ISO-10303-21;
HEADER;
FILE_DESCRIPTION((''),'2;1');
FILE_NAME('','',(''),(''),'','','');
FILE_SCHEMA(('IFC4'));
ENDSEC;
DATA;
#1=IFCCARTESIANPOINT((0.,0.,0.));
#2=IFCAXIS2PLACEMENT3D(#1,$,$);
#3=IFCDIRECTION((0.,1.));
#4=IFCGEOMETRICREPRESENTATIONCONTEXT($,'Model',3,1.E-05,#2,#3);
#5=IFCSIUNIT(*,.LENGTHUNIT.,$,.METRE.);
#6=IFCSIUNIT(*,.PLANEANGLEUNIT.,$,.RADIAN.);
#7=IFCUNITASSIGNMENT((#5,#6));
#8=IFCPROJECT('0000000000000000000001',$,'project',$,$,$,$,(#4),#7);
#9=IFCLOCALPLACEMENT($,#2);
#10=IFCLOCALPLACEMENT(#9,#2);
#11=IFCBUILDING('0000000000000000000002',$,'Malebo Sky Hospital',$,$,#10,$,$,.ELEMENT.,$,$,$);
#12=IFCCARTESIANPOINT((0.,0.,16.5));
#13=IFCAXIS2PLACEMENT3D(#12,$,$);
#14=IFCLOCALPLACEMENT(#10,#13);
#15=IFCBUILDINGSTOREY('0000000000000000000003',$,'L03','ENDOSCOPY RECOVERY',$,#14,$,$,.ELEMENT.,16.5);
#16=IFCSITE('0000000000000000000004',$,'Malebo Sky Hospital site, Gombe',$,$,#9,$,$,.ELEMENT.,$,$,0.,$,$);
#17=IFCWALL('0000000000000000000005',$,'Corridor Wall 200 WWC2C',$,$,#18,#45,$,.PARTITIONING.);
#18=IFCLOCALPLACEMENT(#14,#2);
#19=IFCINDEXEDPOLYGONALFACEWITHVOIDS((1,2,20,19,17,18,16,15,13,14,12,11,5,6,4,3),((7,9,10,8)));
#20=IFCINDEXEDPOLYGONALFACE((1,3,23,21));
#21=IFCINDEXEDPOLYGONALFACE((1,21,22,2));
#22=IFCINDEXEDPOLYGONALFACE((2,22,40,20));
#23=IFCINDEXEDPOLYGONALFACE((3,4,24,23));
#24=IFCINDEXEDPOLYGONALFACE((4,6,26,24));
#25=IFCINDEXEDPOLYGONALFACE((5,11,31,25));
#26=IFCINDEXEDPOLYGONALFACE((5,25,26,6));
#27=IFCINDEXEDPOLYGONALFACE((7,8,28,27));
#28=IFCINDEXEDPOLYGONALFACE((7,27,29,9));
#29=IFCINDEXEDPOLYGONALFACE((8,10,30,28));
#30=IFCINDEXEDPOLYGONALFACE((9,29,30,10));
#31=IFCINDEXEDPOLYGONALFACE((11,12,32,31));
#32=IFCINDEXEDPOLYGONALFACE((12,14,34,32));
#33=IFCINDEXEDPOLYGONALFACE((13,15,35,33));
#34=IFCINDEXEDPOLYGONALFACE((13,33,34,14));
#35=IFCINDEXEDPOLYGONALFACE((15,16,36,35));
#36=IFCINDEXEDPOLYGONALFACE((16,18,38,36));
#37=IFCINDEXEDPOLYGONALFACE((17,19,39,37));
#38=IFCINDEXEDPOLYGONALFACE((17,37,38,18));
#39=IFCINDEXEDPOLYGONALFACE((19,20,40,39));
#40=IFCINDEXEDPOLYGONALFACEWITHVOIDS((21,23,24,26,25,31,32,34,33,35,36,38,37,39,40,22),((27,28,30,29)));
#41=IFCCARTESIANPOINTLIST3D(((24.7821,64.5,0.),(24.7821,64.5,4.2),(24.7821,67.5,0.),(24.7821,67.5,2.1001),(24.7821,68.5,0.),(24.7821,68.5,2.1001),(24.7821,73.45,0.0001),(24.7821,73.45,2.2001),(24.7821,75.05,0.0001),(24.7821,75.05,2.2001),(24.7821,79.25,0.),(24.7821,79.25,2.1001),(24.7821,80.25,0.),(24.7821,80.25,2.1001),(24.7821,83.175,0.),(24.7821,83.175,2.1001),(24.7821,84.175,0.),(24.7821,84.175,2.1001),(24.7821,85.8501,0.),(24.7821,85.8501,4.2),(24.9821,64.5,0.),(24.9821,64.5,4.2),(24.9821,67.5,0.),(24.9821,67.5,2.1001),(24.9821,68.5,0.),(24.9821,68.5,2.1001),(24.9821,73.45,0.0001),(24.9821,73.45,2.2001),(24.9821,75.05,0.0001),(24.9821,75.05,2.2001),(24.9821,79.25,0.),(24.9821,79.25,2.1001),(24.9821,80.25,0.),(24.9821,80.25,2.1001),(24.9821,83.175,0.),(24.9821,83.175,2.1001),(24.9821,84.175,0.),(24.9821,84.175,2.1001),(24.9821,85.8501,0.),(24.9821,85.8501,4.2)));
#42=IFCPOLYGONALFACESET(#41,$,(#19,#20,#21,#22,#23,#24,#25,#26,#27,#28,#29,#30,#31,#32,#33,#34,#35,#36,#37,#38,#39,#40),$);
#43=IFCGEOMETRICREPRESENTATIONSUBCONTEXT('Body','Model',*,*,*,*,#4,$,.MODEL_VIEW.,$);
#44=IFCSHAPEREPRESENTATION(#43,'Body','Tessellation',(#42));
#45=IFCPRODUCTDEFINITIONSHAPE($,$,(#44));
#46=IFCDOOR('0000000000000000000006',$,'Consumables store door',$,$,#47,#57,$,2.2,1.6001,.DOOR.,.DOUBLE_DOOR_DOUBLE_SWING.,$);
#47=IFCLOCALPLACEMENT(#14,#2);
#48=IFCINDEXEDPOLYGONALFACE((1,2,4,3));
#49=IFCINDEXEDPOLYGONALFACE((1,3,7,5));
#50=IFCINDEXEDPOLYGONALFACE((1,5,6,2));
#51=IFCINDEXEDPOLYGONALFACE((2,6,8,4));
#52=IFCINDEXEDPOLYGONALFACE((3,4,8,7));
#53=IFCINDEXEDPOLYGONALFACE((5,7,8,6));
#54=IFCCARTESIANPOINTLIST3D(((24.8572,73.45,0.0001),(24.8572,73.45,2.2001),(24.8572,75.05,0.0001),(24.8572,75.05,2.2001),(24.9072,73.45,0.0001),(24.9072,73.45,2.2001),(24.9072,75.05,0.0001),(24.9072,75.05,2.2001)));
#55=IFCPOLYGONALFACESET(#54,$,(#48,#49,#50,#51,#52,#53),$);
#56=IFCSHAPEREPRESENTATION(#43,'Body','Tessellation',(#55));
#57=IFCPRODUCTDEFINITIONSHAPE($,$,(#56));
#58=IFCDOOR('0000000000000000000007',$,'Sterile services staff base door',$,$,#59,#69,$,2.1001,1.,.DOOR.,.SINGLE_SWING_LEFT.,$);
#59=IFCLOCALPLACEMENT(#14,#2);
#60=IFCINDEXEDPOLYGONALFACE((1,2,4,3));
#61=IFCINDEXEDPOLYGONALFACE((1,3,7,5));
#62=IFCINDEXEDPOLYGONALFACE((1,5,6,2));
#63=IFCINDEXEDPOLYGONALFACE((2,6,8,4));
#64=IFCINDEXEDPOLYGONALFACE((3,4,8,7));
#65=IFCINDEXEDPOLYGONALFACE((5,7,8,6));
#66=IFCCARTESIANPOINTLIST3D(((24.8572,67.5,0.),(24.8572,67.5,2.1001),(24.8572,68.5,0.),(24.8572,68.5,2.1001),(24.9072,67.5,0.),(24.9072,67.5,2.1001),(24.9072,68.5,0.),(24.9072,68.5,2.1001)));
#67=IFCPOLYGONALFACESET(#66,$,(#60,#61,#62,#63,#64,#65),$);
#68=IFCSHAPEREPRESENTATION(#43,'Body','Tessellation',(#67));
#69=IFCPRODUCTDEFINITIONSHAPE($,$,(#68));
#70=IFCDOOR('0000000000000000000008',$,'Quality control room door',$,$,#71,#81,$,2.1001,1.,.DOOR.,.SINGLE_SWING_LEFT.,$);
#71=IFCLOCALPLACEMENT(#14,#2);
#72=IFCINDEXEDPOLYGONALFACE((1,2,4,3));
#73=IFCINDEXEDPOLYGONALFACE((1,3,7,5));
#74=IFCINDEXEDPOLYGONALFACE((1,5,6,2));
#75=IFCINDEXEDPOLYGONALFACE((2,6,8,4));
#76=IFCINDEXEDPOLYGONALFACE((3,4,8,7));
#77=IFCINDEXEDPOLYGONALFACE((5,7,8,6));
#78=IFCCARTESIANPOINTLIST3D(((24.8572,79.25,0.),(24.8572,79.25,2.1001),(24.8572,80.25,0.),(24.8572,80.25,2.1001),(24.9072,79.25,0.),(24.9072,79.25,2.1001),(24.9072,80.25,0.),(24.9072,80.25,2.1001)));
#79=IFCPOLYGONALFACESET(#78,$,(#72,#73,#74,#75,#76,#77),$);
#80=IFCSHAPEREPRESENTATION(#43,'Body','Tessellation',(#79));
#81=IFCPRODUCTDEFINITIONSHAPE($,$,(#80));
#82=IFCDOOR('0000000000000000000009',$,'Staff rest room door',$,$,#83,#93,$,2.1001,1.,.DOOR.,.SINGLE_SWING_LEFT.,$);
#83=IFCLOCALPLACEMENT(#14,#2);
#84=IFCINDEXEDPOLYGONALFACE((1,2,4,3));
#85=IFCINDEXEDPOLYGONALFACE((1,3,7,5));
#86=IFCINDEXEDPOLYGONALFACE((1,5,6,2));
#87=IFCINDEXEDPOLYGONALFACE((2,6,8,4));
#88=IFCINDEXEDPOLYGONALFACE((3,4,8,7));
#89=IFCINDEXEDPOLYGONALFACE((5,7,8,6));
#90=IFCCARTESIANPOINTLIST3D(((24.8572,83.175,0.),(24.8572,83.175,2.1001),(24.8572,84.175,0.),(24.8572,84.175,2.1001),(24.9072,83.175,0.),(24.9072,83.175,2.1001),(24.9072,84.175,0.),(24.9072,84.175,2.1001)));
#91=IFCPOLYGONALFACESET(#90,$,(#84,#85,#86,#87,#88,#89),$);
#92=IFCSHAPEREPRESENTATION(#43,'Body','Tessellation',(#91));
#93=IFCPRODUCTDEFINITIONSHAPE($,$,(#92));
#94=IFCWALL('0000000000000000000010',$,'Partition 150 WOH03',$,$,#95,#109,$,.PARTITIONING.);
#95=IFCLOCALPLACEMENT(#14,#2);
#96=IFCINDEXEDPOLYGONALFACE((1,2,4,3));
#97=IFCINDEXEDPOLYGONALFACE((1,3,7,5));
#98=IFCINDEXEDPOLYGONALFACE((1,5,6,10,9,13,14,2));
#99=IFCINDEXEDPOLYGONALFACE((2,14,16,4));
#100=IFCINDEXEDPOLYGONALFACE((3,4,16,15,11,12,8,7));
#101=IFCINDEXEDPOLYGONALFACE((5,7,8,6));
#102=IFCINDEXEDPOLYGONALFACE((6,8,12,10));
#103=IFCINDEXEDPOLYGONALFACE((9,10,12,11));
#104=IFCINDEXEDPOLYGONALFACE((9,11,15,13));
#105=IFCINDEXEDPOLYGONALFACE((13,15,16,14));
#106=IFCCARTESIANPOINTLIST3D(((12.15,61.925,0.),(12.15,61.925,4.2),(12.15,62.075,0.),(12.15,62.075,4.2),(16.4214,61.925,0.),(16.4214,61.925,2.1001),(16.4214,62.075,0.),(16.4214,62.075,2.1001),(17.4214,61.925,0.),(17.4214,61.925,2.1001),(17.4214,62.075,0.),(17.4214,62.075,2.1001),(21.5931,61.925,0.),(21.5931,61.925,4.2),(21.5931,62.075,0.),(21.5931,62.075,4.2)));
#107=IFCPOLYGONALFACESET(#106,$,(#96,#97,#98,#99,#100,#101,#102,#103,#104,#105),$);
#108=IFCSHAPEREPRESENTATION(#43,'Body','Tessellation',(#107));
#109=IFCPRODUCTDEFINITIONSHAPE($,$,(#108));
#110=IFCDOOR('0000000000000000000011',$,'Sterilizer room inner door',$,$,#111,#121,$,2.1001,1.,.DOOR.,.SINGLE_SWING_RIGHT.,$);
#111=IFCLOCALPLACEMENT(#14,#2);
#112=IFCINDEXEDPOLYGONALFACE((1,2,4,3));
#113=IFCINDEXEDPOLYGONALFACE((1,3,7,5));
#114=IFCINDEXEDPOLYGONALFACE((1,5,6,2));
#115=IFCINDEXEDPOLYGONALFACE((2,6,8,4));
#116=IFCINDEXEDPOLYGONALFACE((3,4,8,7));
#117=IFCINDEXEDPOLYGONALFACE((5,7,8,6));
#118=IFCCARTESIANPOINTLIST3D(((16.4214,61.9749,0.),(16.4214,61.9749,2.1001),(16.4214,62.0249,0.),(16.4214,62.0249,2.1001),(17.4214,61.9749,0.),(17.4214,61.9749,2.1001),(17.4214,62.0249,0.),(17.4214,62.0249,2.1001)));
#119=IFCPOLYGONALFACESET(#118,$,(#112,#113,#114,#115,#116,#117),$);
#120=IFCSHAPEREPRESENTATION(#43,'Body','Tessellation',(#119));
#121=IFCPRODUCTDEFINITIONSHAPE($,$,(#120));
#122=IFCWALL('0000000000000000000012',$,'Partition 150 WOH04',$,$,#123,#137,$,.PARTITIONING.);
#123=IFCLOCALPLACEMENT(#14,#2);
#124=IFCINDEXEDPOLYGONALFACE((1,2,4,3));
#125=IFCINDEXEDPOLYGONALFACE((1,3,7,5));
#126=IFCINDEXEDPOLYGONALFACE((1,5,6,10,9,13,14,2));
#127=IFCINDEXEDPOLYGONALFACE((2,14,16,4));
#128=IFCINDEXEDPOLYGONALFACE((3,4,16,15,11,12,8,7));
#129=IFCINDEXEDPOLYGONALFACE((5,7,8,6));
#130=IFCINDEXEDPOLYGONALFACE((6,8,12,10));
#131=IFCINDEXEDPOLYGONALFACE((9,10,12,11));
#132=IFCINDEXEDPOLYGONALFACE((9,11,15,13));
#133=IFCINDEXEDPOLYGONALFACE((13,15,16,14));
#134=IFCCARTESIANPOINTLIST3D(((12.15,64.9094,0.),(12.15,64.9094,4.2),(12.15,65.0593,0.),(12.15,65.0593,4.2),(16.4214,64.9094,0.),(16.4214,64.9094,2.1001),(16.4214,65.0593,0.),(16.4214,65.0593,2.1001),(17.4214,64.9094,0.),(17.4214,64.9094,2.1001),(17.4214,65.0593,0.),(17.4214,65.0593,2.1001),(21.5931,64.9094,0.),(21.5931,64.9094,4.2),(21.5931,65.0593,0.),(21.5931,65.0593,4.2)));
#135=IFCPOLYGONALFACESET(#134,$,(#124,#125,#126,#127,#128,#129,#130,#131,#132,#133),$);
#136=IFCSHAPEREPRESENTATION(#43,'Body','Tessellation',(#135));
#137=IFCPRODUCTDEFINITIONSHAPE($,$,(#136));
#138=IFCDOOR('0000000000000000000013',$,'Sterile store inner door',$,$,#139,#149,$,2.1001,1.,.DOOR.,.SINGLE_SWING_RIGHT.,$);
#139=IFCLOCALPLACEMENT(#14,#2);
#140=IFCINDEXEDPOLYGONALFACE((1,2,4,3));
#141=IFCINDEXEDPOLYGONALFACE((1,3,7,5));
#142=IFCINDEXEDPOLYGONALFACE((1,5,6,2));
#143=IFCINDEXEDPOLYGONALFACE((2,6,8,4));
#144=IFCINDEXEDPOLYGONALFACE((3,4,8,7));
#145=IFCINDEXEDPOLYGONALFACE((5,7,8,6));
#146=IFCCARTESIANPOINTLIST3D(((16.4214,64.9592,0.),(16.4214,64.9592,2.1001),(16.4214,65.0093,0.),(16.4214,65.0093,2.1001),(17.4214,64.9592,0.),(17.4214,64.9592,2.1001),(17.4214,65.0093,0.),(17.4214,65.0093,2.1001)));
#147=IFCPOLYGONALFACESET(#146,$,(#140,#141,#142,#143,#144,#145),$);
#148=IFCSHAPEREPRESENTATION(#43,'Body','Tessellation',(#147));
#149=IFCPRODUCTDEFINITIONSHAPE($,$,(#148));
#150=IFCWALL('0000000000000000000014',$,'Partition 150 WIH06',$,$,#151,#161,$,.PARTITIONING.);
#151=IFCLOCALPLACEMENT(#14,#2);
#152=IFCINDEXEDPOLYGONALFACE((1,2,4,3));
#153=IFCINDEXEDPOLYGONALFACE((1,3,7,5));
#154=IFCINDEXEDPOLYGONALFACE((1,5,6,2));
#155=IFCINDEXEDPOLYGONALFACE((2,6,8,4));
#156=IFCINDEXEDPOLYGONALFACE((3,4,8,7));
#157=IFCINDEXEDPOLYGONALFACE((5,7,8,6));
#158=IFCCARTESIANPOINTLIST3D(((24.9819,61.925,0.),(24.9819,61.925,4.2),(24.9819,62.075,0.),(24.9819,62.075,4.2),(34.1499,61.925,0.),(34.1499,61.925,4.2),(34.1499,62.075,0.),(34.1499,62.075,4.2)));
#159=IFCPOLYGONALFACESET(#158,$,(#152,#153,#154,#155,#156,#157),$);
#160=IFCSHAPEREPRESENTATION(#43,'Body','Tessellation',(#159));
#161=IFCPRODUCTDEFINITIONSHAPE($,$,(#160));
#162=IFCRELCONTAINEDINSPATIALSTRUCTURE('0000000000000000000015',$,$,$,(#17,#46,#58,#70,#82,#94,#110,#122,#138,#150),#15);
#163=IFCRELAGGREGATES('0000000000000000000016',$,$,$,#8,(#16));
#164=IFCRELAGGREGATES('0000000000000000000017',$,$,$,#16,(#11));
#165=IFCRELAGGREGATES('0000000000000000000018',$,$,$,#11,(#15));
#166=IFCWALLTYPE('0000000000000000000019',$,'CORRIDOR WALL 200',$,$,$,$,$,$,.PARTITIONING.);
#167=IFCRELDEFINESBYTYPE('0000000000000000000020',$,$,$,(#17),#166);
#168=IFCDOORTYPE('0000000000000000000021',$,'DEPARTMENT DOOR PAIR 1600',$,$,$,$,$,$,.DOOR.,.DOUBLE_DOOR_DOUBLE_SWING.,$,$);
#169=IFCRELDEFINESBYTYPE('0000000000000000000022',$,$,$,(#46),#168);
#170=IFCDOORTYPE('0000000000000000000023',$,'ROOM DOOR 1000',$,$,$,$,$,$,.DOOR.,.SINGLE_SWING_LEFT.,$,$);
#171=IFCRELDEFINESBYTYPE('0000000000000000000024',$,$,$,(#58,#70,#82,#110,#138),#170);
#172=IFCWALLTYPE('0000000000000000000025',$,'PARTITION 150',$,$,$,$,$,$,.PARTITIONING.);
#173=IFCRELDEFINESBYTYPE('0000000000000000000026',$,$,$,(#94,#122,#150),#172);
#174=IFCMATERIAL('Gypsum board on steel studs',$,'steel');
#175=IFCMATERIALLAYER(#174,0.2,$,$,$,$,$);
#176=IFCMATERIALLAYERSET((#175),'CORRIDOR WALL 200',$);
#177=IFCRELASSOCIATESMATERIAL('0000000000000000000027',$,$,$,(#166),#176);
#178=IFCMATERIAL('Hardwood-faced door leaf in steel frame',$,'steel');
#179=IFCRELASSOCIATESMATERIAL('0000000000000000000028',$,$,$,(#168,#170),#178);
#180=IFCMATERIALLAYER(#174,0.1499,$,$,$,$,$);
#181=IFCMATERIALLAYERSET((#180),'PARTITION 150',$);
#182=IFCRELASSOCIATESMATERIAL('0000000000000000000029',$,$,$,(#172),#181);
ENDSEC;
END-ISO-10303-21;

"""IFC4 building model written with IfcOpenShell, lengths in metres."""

from ifc_helpers import new_model, si_unit, direction, frame, frame_2d, origin, place, context, subcontext, project, spatial, rectangle, extrude, material, layer, layer_set, type_object, element, fill, save


model = new_model("IFC4")

# Units and contexts
model_context = context("Model", 3, precision=1e-05, world=origin(), true_north=direction((0.0, 1.0)))
body_context = subcontext(model_context, "Body", "Model", "MODEL_VIEW")
ifc_project = project(units=[si_unit("LENGTHUNIT", "METRE"), si_unit("PLANEANGLEUNIT", "RADIAN")], contexts=[model_context])

# Site, building, storey
site_placement = place(None, origin())
site = spatial("IfcSite", under=ifc_project, at=site_placement, Name="Malebo Sky Hospital site, Gombe", CompositionType="ELEMENT", RefElevation=0.0)
building_placement = place(site_placement, origin())
building = spatial("IfcBuilding", under=site, at=building_placement, Name="Malebo Sky Hospital", CompositionType="ELEMENT")
storey_placement = place(building_placement, frame((0.0, 0.0, 16.5)))
storey = spatial("IfcBuildingStorey", under=building, at=storey_placement, Name="L03", Description="ENDOSCOPY RECOVERY", CompositionType="ELEMENT", Elevation=16.5)

# Wall, openings, doors
ifc_material_1 = material(Name="Gypsum board on steel studs", Category="steel")
ifc_layer_1 = layer(ifc_material_1, 0.2)
ifc_layer_set_1 = layer_set([ifc_layer_1], Name="CORRIDOR WALL 200")
wall_type_1 = type_object("IfcWallType", Name="CORRIDOR WALL 200", PredefinedType="PARTITIONING", material=ifc_layer_set_1)
wall_1_placement = place(storey_placement, frame((24.8821, 64.5, 0.0), z_axis=(0.0, 0.0, 1.0), x_axis=(0.0, 1.0, 0.0)))
wall_1 = element("IfcWall", 1, at=wall_1_placement, inside=storey, type_object=wall_type_1, Name="Corridor Wall 200 WWC2C", PredefinedType="PARTITIONING", context=body_context, shape_type="SweptSolid", body=[
    extrude(rectangle(XDim=21.3501, YDim=0.2, at=frame_2d((10.675, 0.0))), origin(), (0.0, 0.0, 1.0), 4.2),
])
opening_1_placement = place(wall_1_placement, frame((3.0, 0.0, 0.0)))
opening_1 = element("IfcOpeningElement", 2, at=opening_1_placement, cuts=wall_1, PredefinedType="OPENING", context=body_context, shape_type="SweptSolid", body=[
    extrude(rectangle(XDim=1.0, YDim=2.1001, at=frame_2d((0.5, 1.05))), frame((0.0, 0.1099, 0.0), z_axis=(0.0, -1.0, 0.0), x_axis=(1.0, 0.0, 0.0)), (0.0, 0.0, 1.0), 0.22),
])
opening_2_placement = place(wall_1_placement, frame((8.95, 0.0, 0.0)))
opening_2 = element("IfcOpeningElement", 3, at=opening_2_placement, cuts=wall_1, PredefinedType="OPENING", context=body_context, shape_type="SweptSolid", body=[
    extrude(rectangle(XDim=1.6001, YDim=2.2, at=frame_2d((0.8, 1.1001))), frame((0.0, 0.1099, 0.0), z_axis=(0.0, -1.0, 0.0), x_axis=(1.0, 0.0, 0.0)), (0.0, 0.0, 1.0), 0.22),
])
opening_3_placement = place(wall_1_placement, frame((14.75, 0.0, 0.0)))
opening_3 = element("IfcOpeningElement", 4, at=opening_3_placement, cuts=wall_1, PredefinedType="OPENING", context=body_context, shape_type="SweptSolid", body=[
    extrude(rectangle(XDim=1.0, YDim=2.1001, at=frame_2d((0.5, 1.05))), frame((0.0, 0.1099, 0.0), z_axis=(0.0, -1.0, 0.0), x_axis=(1.0, 0.0, 0.0)), (0.0, 0.0, 1.0), 0.22),
])
opening_4_placement = place(wall_1_placement, frame((18.675, 0.0, 0.0)))
opening_4 = element("IfcOpeningElement", 5, at=opening_4_placement, cuts=wall_1, PredefinedType="OPENING", context=body_context, shape_type="SweptSolid", body=[
    extrude(rectangle(XDim=1.0, YDim=2.1001, at=frame_2d((0.5, 1.05))), frame((0.0, 0.1099, 0.0), z_axis=(0.0, -1.0, 0.0), x_axis=(1.0, 0.0, 0.0)), (0.0, 0.0, 1.0), 0.22),
])
ifc_material_2 = material(Name="Hardwood-faced door leaf in steel frame", Category="steel")
door_type_1 = type_object("IfcDoorType", Name="DEPARTMENT DOOR PAIR 1600", OperationType="DOUBLE_DOOR_DOUBLE_SWING", PredefinedType="DOOR", material=ifc_material_2)
door_1_placement = place(opening_2_placement, origin())
door_1 = element("IfcDoor", 6, at=door_1_placement, inside=storey, type_object=door_type_1, Name="Consumables store door", OperationType="DOUBLE_DOOR_DOUBLE_SWING", OverallHeight=2.2, OverallWidth=1.6001, PredefinedType="DOOR", context=body_context, shape_type="SweptSolid", body=[
    extrude(rectangle(XDim=1.6001, YDim=2.2, at=frame_2d((0.8, 1.1001))), frame((0.0, 0.0249, 0.0), z_axis=(0.0, -1.0, 0.0), x_axis=(1.0, 0.0, 0.0)), (0.0, 0.0, 1.0), 0.05),
])
fill(opening_2, door_1)
door_type_2 = type_object("IfcDoorType", Name="ROOM DOOR 1000", OperationType="SINGLE_SWING_LEFT", PredefinedType="DOOR", material=ifc_material_2)
door_2_placement = place(opening_1_placement, origin())
door_2 = element("IfcDoor", 7, at=door_2_placement, inside=storey, type_object=door_type_2, Name="Sterile services staff base door", OperationType="SINGLE_SWING_LEFT", OverallHeight=2.1001, OverallWidth=1.0, PredefinedType="DOOR", context=body_context, shape_type="SweptSolid", body=[
    extrude(rectangle(XDim=1.0, YDim=2.1001, at=frame_2d((0.5, 1.05))), frame((0.0, 0.0249, 0.0), z_axis=(0.0, -1.0, 0.0), x_axis=(1.0, 0.0, 0.0)), (0.0, 0.0, 1.0), 0.05),
])
fill(opening_1, door_2)
door_3_placement = place(opening_3_placement, origin())
door_3 = element("IfcDoor", 8, at=door_3_placement, inside=storey, type_object=door_type_2, Name="Quality control room door", OperationType="SINGLE_SWING_LEFT", OverallHeight=2.1001, OverallWidth=1.0, PredefinedType="DOOR", context=body_context, shape_type="SweptSolid", body=[
    extrude(rectangle(XDim=1.0, YDim=2.1001, at=frame_2d((0.5, 1.05))), frame((0.0, 0.0249, 0.0), z_axis=(0.0, -1.0, 0.0), x_axis=(1.0, 0.0, 0.0)), (0.0, 0.0, 1.0), 0.05),
])
fill(opening_3, door_3)
door_4_placement = place(opening_4_placement, origin())
door_4 = element("IfcDoor", 9, at=door_4_placement, inside=storey, type_object=door_type_2, Name="Staff rest room door", OperationType="SINGLE_SWING_LEFT", OverallHeight=2.1001, OverallWidth=1.0, PredefinedType="DOOR", context=body_context, shape_type="SweptSolid", body=[
    extrude(rectangle(XDim=1.0, YDim=2.1001, at=frame_2d((0.5, 1.05))), frame((0.0, 0.0249, 0.0), z_axis=(0.0, -1.0, 0.0), x_axis=(1.0, 0.0, 0.0)), (0.0, 0.0, 1.0), 0.05),
])
fill(opening_4, door_4)

# Walls, openings, doors
ifc_layer_2 = layer(ifc_material_1, 0.1499)
ifc_layer_set_2 = layer_set([ifc_layer_2], Name="PARTITION 150")
wall_type_2 = type_object("IfcWallType", Name="PARTITION 150", PredefinedType="PARTITIONING", material=ifc_layer_set_2)
wall_2_placement = place(storey_placement, frame((12.1499, 62.0, 0.0), z_axis=(0.0, 0.0, 1.0), x_axis=(1.0, 0.0, 0.0)))
wall_2 = element("IfcWall", 10, at=wall_2_placement, inside=storey, type_object=wall_type_2, Name="Partition 150 WOH03", PredefinedType="PARTITIONING", context=body_context, shape_type="SweptSolid", body=[
    extrude(rectangle(XDim=9.4431, YDim=0.1499, at=frame_2d((4.7217, 0.0))), origin(), (0.0, 0.0, 1.0), 4.2),
])
opening_5_placement = place(wall_2_placement, frame((4.2715, 0.0, 0.0)))
opening_5 = element("IfcOpeningElement", 11, at=opening_5_placement, cuts=wall_2, PredefinedType="OPENING", context=body_context, shape_type="SweptSolid", body=[
    extrude(rectangle(XDim=1.0, YDim=2.1001, at=frame_2d((0.5, 1.05))), frame((0.0, 0.085, 0.0), z_axis=(0.0, -1.0, 0.0), x_axis=(1.0, 0.0, 0.0)), (0.0, 0.0, 1.0), 0.1699),
])
door_5_placement = place(opening_5_placement, origin())
door_5 = element("IfcDoor", 12, at=door_5_placement, inside=storey, type_object=door_type_2, Name="Sterilizer room inner door", OperationType="SINGLE_SWING_RIGHT", OverallHeight=2.1001, OverallWidth=1.0, PredefinedType="DOOR", context=body_context, shape_type="SweptSolid", body=[
    extrude(rectangle(XDim=1.0, YDim=2.1001, at=frame_2d((0.5, 1.05))), frame((0.0, 0.0249, 0.0), z_axis=(0.0, -1.0, 0.0), x_axis=(1.0, 0.0, 0.0)), (0.0, 0.0, 1.0), 0.05),
])
fill(opening_5, door_5)
wall_3_placement = place(storey_placement, frame((12.1499, 64.9844, 0.0), z_axis=(0.0, 0.0, 1.0), x_axis=(1.0, 0.0, 0.0)))
wall_3 = element("IfcWall", 13, at=wall_3_placement, inside=storey, type_object=wall_type_2, Name="Partition 150 WOH04", PredefinedType="PARTITIONING", context=body_context, shape_type="SweptSolid", body=[
    extrude(rectangle(XDim=9.4431, YDim=0.1499, at=frame_2d((4.7217, 0.0))), origin(), (0.0, 0.0, 1.0), 4.2),
])
opening_6_placement = place(wall_3_placement, frame((4.2715, 0.0, 0.0)))
opening_6 = element("IfcOpeningElement", 14, at=opening_6_placement, cuts=wall_3, PredefinedType="OPENING", context=body_context, shape_type="SweptSolid", body=[
    extrude(rectangle(XDim=1.0, YDim=2.1001, at=frame_2d((0.5, 1.05))), frame((0.0, 0.085, 0.0), z_axis=(0.0, -1.0, 0.0), x_axis=(1.0, 0.0, 0.0)), (0.0, 0.0, 1.0), 0.1699),
])
door_6_placement = place(opening_6_placement, origin())
door_6 = element("IfcDoor", 15, at=door_6_placement, inside=storey, type_object=door_type_2, Name="Sterile store inner door", OperationType="SINGLE_SWING_RIGHT", OverallHeight=2.1001, OverallWidth=1.0, PredefinedType="DOOR", context=body_context, shape_type="SweptSolid", body=[
    extrude(rectangle(XDim=1.0, YDim=2.1001, at=frame_2d((0.5, 1.05))), frame((0.0, 0.0249, 0.0), z_axis=(0.0, -1.0, 0.0), x_axis=(1.0, 0.0, 0.0)), (0.0, 0.0, 1.0), 0.05),
])
fill(opening_6, door_6)

# Wall
for number, where, z_axis, x_axis, name in (
    (16, (24.9819, 62.0, 0.0), (0.0, 0.0, 1.0), (1.0, 0.0, 0.0), "Partition 150 WIH06"),
):
    element("IfcWall", number, at=place(storey_placement, frame(where, z_axis=z_axis, x_axis=x_axis)), inside=storey, type_object=wall_type_2, Name=name, PredefinedType="PARTITIONING", context=body_context, shape_type="SweptSolid", body=[
        extrude(rectangle(XDim=9.168, YDim=0.1499, at=frame_2d((4.584, 0.0))), origin(), (0.0, 0.0, 1.0), 4.2),
    ])

save(model, "model.ifc")
